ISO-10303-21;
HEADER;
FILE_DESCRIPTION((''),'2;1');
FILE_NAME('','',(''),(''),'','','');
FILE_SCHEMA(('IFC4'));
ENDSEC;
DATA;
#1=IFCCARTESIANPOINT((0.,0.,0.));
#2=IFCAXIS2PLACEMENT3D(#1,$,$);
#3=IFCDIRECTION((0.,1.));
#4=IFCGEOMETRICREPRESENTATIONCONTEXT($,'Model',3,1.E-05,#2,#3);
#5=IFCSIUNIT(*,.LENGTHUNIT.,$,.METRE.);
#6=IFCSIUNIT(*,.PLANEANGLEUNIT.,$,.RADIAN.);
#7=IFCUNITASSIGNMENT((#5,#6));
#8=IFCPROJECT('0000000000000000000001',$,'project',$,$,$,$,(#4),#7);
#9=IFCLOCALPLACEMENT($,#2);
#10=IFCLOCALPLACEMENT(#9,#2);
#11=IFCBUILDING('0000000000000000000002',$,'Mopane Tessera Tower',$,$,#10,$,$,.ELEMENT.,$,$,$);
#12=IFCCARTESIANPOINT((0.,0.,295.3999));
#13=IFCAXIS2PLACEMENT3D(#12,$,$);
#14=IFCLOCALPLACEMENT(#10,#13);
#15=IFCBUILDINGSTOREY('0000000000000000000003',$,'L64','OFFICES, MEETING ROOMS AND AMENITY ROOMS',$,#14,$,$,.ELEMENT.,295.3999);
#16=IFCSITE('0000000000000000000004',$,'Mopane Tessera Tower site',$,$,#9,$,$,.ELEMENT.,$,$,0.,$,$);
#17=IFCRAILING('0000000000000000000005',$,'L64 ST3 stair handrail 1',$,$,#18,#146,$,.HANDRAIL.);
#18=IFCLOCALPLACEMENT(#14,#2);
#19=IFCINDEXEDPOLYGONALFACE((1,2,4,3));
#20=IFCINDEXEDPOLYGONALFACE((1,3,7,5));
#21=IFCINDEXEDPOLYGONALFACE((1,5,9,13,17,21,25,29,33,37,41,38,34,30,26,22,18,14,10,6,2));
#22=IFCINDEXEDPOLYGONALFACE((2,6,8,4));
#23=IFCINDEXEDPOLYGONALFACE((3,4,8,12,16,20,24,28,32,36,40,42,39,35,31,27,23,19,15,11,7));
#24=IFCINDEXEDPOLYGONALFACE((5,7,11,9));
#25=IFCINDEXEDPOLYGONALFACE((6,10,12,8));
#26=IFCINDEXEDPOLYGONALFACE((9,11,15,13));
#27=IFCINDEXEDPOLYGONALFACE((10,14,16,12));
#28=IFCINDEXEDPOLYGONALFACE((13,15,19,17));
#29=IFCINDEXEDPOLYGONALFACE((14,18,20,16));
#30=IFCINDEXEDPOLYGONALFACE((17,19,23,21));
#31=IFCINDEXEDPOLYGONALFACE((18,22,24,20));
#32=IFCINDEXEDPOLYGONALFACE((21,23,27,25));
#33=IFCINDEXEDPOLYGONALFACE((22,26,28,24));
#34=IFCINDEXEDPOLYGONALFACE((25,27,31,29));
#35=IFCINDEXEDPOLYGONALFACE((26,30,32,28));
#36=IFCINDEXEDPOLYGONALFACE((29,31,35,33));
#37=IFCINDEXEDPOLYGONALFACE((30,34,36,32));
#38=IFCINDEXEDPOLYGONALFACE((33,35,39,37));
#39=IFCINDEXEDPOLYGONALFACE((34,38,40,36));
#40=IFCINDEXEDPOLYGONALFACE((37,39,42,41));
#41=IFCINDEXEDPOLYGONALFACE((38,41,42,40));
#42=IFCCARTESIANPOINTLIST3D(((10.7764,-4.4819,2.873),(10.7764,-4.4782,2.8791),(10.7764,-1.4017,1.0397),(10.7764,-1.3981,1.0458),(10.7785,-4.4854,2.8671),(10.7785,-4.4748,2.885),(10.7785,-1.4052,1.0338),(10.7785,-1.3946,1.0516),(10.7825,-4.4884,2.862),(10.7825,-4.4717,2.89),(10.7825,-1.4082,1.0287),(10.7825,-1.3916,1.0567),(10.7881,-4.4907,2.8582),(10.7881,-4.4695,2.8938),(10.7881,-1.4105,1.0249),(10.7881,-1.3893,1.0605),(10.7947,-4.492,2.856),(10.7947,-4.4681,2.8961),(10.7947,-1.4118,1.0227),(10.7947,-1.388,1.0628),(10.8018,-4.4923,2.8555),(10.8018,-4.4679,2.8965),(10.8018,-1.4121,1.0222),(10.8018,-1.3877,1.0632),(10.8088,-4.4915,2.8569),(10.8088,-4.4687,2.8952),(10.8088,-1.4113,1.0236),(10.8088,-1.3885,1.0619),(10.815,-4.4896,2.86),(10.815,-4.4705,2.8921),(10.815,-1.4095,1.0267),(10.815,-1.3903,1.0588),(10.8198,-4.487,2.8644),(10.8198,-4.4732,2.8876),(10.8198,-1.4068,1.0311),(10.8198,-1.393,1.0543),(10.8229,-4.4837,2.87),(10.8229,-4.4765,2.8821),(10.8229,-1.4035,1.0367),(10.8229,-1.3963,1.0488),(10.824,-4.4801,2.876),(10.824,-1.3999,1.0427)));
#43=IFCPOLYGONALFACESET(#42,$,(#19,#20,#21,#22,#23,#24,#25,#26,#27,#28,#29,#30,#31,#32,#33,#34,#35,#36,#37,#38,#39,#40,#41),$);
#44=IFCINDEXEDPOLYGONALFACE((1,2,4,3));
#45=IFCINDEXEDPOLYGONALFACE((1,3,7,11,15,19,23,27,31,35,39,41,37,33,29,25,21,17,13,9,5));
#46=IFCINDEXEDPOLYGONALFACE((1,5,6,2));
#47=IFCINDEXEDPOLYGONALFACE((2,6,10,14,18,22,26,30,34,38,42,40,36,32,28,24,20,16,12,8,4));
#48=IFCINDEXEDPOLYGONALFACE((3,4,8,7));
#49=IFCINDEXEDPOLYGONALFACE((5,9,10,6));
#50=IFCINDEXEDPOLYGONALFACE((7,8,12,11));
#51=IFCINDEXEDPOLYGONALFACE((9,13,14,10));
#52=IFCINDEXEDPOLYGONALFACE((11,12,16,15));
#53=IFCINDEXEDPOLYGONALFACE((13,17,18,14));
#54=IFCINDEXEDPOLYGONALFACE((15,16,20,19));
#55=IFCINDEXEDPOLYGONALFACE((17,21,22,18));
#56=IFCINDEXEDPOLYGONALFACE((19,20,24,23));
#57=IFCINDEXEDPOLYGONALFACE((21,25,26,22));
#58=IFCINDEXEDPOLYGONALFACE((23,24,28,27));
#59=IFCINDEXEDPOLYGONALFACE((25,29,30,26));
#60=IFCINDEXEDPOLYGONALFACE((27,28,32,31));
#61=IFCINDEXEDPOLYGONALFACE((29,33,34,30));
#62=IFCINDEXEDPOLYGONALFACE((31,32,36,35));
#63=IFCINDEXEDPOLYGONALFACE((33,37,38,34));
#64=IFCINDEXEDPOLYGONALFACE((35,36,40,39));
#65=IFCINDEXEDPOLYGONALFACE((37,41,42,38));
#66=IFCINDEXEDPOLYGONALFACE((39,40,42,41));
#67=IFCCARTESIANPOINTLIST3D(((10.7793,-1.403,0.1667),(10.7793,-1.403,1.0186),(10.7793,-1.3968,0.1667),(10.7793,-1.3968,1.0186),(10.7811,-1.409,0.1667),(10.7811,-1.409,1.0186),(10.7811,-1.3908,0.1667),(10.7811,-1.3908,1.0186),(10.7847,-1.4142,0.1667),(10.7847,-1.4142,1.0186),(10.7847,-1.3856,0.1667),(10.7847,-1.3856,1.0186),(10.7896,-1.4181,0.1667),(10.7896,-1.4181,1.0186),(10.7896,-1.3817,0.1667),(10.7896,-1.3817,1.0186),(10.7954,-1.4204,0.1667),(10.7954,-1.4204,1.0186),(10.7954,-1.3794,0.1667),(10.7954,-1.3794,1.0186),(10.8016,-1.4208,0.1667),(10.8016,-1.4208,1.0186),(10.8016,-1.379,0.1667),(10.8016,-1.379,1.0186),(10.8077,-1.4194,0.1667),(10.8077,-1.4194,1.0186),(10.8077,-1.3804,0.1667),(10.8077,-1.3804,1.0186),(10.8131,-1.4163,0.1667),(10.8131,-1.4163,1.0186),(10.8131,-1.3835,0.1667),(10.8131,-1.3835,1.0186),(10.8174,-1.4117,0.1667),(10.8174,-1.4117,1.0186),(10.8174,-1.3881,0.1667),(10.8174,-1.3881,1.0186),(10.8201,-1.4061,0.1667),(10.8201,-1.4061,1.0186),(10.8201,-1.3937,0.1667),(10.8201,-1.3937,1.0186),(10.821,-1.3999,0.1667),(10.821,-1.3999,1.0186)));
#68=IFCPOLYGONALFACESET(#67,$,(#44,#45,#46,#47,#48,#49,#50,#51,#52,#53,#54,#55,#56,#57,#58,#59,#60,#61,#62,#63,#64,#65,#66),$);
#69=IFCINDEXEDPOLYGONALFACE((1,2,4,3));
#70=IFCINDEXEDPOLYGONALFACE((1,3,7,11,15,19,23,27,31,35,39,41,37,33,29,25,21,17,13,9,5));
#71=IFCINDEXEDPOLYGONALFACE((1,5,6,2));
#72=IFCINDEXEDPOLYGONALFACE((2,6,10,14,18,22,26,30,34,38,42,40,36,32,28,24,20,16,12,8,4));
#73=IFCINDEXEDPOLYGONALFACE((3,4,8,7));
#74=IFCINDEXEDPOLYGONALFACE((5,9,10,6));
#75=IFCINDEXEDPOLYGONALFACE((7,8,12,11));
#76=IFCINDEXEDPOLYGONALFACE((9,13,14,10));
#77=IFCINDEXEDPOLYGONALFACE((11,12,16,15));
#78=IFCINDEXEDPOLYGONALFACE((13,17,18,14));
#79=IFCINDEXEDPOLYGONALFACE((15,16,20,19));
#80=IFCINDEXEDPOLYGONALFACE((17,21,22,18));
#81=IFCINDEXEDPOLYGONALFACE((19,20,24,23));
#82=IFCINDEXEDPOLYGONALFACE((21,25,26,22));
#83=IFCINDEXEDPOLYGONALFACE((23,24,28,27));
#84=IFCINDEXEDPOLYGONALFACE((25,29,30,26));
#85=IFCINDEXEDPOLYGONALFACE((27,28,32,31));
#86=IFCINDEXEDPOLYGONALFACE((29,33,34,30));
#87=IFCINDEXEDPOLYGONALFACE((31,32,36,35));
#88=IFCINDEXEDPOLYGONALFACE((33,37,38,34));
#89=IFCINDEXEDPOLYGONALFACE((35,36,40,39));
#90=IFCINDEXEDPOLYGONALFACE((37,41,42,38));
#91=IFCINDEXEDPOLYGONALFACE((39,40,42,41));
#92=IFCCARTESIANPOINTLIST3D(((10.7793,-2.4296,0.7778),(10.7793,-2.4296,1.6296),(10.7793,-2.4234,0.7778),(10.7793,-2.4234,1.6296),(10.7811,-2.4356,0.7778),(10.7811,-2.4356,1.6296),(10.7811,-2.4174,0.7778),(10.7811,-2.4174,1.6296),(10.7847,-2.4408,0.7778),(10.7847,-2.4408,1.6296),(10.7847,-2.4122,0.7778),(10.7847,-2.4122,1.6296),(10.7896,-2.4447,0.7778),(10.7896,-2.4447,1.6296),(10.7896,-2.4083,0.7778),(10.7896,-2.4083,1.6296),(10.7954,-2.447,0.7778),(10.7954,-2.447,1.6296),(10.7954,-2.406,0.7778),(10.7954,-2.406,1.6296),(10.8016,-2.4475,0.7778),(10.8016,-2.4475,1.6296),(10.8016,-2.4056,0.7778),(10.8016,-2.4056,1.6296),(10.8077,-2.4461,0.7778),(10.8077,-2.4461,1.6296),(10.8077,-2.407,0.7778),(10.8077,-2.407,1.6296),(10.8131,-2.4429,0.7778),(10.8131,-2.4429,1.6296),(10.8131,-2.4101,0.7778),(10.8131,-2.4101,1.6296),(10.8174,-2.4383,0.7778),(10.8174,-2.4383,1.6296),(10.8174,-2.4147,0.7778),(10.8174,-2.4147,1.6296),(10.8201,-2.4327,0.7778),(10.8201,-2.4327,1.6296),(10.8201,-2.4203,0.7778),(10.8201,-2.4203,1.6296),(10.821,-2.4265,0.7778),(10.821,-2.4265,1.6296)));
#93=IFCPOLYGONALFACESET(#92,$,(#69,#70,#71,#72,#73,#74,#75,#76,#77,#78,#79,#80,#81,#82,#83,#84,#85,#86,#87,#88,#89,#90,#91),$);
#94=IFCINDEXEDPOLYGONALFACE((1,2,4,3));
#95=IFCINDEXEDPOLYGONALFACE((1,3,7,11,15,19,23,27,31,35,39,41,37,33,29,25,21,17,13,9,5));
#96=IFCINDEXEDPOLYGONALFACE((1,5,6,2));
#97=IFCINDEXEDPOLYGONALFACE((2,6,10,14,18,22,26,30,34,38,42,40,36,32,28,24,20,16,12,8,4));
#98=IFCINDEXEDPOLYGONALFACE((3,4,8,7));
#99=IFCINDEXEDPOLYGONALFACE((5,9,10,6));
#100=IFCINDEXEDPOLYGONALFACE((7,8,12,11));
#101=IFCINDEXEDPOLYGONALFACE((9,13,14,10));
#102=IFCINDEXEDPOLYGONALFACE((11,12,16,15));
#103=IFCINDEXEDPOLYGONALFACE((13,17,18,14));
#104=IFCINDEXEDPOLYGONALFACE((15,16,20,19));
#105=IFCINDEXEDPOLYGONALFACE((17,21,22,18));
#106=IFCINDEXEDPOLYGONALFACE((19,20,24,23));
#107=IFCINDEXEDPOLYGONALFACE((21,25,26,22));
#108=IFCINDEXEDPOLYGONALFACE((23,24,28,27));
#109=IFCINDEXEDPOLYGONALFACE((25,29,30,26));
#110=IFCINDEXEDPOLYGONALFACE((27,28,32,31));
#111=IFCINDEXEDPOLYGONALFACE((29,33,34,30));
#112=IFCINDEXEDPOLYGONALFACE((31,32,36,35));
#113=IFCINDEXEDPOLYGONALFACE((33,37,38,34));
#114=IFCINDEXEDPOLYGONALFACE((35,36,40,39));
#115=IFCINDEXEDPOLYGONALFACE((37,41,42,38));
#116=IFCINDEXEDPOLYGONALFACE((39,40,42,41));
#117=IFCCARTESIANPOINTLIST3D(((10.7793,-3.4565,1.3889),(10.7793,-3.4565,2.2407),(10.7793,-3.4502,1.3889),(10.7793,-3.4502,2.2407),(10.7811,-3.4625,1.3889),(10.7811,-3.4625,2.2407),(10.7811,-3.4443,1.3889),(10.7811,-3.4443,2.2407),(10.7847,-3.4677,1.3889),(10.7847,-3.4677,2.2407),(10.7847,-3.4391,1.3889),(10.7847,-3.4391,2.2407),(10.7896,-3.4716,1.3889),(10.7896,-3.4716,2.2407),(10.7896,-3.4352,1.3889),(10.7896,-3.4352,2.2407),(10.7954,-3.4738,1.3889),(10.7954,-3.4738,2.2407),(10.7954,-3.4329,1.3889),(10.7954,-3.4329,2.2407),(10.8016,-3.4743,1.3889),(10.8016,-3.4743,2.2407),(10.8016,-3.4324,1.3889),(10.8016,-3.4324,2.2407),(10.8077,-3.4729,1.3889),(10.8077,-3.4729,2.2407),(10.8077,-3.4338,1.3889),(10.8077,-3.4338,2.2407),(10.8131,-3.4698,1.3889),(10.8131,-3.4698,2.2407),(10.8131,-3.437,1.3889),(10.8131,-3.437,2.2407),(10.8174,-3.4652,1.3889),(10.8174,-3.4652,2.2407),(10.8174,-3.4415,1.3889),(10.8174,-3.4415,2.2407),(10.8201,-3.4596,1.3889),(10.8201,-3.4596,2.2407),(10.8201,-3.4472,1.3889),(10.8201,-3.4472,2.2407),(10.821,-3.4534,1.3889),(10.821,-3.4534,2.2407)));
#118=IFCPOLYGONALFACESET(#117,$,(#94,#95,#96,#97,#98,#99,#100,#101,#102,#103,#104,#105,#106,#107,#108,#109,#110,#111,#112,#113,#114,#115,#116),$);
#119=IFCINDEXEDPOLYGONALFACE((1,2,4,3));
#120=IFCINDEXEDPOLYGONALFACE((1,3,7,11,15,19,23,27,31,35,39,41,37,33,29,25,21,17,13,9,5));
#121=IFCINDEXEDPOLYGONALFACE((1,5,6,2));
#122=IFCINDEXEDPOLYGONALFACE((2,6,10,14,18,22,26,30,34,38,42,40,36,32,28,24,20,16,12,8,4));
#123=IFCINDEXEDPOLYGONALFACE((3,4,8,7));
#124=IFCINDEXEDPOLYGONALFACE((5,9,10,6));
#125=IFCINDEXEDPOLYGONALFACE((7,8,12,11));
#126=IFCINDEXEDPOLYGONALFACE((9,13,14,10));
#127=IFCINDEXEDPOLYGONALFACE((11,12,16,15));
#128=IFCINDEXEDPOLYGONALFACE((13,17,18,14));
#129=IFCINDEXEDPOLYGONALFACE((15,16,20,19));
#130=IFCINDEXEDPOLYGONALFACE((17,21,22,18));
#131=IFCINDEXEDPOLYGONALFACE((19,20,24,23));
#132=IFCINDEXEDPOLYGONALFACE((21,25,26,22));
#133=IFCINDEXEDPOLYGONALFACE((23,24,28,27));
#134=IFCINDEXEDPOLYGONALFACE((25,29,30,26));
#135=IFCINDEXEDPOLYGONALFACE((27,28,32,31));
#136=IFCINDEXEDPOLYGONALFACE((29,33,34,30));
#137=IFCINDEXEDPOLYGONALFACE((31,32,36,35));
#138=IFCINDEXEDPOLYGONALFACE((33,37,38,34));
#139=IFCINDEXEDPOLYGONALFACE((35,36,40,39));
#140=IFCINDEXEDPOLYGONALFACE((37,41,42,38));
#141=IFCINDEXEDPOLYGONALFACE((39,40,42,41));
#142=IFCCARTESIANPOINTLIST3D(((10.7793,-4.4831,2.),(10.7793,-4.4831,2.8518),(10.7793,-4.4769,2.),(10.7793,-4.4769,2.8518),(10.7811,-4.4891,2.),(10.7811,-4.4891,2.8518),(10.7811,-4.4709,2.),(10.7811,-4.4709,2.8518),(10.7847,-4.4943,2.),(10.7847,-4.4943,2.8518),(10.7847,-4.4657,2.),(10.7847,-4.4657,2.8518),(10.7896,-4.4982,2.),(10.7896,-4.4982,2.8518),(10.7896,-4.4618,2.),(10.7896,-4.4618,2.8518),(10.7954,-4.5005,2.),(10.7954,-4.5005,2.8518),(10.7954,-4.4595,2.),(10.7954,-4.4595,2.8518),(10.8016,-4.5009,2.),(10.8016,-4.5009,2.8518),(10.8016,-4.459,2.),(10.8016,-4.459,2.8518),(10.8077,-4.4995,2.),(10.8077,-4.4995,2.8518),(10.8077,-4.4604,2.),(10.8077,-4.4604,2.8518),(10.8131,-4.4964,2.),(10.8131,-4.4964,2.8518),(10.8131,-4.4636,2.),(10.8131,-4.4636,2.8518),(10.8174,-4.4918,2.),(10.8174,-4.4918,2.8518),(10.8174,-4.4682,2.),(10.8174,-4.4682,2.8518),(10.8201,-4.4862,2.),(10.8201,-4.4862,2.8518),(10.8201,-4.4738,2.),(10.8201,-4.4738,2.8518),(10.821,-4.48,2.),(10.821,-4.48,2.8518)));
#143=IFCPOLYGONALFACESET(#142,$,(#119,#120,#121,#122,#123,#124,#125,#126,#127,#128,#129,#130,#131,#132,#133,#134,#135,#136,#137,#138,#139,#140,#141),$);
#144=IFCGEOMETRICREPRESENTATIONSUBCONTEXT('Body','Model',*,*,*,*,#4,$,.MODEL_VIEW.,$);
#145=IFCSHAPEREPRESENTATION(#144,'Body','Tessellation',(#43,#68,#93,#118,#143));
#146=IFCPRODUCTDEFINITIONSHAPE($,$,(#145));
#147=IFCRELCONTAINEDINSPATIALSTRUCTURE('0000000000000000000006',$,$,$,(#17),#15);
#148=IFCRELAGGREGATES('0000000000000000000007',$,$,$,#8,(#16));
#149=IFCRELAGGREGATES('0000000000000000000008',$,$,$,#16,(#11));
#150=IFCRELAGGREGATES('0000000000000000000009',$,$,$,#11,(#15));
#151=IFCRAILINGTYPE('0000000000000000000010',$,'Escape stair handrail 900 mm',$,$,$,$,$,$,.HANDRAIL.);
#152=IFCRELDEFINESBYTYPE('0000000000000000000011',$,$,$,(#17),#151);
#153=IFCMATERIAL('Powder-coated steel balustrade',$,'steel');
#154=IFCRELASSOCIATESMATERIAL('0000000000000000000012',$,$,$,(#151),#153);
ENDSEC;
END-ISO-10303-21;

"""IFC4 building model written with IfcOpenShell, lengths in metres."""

from ifc_helpers import new_model, si_unit, direction, frame, origin, origin_2d, place, context, subcontext, project, spatial, circle, extrude, material, type_object, element, save


model = new_model("IFC4")

# Units and contexts
model_context = context("Model", 3, precision=1e-05, world=origin(), true_north=direction((0.0, 1.0)))
body_context = subcontext(model_context, "Body", "Model", "MODEL_VIEW")
ifc_project = project(units=[si_unit("LENGTHUNIT", "METRE"), si_unit("PLANEANGLEUNIT", "RADIAN")], contexts=[model_context])

# Site, building, storey
site_placement = place(None, origin())
site = spatial("IfcSite", under=ifc_project, at=site_placement, Name="Mopane Tessera Tower site", CompositionType="ELEMENT", RefElevation=0.0)
building_placement = place(site_placement, origin())
building = spatial("IfcBuilding", under=site, at=building_placement, Name="Mopane Tessera Tower", CompositionType="ELEMENT")
storey_placement = place(building_placement, frame((0.0, 0.0, 295.3999)))
storey = spatial("IfcBuildingStorey", under=building, at=storey_placement, Name="L64", Description="OFFICES, MEETING ROOMS AND AMENITY ROOMS", CompositionType="ELEMENT", Elevation=295.3999)

# Railing
ifc_material_1 = material(Name="Powder-coated steel balustrade", Category="steel")
railing_type_1 = type_object("IfcRailingType", Name="Escape stair handrail 900 mm", PredefinedType="HANDRAIL", material=ifc_material_1)
railing_1_placement = place(storey_placement, frame((10.8, -1.3999, 0.1667)))
element("IfcRailing", 1, at=railing_1_placement, inside=storey, type_object=railing_type_1, Name="L64 ST3 stair handrail 1", PredefinedType="HANDRAIL", context=body_context, shape_type="SweptSolid", body=[
    extrude(circle(Radius=0.0239, at=origin_2d()), frame((0.0, 0.0, 0.876), z_axis=(0.0, -0.859309, 0.511458), x_axis=(1.0, 0.0, 0.0)), (0.0, 0.0, 1.0), 3.5845),
    extrude(circle(Radius=0.021, at=origin_2d()), origin(), (0.0, 0.0, 1.0), 0.8518),
    extrude(circle(Radius=0.021, at=origin_2d()), frame((0.0, -1.0266, 0.6111)), (0.0, 0.0, 1.0), 0.8518),
    extrude(circle(Radius=0.021, at=origin_2d()), frame((0.0, -2.0535, 1.2222)), (0.0, 0.0, 1.0), 0.8518),
    extrude(circle(Radius=0.021, at=origin_2d()), frame((0.0, -3.0801, 1.8333)), (0.0, 0.0, 1.0), 0.8518),
])

save(model, "model.ifc")
